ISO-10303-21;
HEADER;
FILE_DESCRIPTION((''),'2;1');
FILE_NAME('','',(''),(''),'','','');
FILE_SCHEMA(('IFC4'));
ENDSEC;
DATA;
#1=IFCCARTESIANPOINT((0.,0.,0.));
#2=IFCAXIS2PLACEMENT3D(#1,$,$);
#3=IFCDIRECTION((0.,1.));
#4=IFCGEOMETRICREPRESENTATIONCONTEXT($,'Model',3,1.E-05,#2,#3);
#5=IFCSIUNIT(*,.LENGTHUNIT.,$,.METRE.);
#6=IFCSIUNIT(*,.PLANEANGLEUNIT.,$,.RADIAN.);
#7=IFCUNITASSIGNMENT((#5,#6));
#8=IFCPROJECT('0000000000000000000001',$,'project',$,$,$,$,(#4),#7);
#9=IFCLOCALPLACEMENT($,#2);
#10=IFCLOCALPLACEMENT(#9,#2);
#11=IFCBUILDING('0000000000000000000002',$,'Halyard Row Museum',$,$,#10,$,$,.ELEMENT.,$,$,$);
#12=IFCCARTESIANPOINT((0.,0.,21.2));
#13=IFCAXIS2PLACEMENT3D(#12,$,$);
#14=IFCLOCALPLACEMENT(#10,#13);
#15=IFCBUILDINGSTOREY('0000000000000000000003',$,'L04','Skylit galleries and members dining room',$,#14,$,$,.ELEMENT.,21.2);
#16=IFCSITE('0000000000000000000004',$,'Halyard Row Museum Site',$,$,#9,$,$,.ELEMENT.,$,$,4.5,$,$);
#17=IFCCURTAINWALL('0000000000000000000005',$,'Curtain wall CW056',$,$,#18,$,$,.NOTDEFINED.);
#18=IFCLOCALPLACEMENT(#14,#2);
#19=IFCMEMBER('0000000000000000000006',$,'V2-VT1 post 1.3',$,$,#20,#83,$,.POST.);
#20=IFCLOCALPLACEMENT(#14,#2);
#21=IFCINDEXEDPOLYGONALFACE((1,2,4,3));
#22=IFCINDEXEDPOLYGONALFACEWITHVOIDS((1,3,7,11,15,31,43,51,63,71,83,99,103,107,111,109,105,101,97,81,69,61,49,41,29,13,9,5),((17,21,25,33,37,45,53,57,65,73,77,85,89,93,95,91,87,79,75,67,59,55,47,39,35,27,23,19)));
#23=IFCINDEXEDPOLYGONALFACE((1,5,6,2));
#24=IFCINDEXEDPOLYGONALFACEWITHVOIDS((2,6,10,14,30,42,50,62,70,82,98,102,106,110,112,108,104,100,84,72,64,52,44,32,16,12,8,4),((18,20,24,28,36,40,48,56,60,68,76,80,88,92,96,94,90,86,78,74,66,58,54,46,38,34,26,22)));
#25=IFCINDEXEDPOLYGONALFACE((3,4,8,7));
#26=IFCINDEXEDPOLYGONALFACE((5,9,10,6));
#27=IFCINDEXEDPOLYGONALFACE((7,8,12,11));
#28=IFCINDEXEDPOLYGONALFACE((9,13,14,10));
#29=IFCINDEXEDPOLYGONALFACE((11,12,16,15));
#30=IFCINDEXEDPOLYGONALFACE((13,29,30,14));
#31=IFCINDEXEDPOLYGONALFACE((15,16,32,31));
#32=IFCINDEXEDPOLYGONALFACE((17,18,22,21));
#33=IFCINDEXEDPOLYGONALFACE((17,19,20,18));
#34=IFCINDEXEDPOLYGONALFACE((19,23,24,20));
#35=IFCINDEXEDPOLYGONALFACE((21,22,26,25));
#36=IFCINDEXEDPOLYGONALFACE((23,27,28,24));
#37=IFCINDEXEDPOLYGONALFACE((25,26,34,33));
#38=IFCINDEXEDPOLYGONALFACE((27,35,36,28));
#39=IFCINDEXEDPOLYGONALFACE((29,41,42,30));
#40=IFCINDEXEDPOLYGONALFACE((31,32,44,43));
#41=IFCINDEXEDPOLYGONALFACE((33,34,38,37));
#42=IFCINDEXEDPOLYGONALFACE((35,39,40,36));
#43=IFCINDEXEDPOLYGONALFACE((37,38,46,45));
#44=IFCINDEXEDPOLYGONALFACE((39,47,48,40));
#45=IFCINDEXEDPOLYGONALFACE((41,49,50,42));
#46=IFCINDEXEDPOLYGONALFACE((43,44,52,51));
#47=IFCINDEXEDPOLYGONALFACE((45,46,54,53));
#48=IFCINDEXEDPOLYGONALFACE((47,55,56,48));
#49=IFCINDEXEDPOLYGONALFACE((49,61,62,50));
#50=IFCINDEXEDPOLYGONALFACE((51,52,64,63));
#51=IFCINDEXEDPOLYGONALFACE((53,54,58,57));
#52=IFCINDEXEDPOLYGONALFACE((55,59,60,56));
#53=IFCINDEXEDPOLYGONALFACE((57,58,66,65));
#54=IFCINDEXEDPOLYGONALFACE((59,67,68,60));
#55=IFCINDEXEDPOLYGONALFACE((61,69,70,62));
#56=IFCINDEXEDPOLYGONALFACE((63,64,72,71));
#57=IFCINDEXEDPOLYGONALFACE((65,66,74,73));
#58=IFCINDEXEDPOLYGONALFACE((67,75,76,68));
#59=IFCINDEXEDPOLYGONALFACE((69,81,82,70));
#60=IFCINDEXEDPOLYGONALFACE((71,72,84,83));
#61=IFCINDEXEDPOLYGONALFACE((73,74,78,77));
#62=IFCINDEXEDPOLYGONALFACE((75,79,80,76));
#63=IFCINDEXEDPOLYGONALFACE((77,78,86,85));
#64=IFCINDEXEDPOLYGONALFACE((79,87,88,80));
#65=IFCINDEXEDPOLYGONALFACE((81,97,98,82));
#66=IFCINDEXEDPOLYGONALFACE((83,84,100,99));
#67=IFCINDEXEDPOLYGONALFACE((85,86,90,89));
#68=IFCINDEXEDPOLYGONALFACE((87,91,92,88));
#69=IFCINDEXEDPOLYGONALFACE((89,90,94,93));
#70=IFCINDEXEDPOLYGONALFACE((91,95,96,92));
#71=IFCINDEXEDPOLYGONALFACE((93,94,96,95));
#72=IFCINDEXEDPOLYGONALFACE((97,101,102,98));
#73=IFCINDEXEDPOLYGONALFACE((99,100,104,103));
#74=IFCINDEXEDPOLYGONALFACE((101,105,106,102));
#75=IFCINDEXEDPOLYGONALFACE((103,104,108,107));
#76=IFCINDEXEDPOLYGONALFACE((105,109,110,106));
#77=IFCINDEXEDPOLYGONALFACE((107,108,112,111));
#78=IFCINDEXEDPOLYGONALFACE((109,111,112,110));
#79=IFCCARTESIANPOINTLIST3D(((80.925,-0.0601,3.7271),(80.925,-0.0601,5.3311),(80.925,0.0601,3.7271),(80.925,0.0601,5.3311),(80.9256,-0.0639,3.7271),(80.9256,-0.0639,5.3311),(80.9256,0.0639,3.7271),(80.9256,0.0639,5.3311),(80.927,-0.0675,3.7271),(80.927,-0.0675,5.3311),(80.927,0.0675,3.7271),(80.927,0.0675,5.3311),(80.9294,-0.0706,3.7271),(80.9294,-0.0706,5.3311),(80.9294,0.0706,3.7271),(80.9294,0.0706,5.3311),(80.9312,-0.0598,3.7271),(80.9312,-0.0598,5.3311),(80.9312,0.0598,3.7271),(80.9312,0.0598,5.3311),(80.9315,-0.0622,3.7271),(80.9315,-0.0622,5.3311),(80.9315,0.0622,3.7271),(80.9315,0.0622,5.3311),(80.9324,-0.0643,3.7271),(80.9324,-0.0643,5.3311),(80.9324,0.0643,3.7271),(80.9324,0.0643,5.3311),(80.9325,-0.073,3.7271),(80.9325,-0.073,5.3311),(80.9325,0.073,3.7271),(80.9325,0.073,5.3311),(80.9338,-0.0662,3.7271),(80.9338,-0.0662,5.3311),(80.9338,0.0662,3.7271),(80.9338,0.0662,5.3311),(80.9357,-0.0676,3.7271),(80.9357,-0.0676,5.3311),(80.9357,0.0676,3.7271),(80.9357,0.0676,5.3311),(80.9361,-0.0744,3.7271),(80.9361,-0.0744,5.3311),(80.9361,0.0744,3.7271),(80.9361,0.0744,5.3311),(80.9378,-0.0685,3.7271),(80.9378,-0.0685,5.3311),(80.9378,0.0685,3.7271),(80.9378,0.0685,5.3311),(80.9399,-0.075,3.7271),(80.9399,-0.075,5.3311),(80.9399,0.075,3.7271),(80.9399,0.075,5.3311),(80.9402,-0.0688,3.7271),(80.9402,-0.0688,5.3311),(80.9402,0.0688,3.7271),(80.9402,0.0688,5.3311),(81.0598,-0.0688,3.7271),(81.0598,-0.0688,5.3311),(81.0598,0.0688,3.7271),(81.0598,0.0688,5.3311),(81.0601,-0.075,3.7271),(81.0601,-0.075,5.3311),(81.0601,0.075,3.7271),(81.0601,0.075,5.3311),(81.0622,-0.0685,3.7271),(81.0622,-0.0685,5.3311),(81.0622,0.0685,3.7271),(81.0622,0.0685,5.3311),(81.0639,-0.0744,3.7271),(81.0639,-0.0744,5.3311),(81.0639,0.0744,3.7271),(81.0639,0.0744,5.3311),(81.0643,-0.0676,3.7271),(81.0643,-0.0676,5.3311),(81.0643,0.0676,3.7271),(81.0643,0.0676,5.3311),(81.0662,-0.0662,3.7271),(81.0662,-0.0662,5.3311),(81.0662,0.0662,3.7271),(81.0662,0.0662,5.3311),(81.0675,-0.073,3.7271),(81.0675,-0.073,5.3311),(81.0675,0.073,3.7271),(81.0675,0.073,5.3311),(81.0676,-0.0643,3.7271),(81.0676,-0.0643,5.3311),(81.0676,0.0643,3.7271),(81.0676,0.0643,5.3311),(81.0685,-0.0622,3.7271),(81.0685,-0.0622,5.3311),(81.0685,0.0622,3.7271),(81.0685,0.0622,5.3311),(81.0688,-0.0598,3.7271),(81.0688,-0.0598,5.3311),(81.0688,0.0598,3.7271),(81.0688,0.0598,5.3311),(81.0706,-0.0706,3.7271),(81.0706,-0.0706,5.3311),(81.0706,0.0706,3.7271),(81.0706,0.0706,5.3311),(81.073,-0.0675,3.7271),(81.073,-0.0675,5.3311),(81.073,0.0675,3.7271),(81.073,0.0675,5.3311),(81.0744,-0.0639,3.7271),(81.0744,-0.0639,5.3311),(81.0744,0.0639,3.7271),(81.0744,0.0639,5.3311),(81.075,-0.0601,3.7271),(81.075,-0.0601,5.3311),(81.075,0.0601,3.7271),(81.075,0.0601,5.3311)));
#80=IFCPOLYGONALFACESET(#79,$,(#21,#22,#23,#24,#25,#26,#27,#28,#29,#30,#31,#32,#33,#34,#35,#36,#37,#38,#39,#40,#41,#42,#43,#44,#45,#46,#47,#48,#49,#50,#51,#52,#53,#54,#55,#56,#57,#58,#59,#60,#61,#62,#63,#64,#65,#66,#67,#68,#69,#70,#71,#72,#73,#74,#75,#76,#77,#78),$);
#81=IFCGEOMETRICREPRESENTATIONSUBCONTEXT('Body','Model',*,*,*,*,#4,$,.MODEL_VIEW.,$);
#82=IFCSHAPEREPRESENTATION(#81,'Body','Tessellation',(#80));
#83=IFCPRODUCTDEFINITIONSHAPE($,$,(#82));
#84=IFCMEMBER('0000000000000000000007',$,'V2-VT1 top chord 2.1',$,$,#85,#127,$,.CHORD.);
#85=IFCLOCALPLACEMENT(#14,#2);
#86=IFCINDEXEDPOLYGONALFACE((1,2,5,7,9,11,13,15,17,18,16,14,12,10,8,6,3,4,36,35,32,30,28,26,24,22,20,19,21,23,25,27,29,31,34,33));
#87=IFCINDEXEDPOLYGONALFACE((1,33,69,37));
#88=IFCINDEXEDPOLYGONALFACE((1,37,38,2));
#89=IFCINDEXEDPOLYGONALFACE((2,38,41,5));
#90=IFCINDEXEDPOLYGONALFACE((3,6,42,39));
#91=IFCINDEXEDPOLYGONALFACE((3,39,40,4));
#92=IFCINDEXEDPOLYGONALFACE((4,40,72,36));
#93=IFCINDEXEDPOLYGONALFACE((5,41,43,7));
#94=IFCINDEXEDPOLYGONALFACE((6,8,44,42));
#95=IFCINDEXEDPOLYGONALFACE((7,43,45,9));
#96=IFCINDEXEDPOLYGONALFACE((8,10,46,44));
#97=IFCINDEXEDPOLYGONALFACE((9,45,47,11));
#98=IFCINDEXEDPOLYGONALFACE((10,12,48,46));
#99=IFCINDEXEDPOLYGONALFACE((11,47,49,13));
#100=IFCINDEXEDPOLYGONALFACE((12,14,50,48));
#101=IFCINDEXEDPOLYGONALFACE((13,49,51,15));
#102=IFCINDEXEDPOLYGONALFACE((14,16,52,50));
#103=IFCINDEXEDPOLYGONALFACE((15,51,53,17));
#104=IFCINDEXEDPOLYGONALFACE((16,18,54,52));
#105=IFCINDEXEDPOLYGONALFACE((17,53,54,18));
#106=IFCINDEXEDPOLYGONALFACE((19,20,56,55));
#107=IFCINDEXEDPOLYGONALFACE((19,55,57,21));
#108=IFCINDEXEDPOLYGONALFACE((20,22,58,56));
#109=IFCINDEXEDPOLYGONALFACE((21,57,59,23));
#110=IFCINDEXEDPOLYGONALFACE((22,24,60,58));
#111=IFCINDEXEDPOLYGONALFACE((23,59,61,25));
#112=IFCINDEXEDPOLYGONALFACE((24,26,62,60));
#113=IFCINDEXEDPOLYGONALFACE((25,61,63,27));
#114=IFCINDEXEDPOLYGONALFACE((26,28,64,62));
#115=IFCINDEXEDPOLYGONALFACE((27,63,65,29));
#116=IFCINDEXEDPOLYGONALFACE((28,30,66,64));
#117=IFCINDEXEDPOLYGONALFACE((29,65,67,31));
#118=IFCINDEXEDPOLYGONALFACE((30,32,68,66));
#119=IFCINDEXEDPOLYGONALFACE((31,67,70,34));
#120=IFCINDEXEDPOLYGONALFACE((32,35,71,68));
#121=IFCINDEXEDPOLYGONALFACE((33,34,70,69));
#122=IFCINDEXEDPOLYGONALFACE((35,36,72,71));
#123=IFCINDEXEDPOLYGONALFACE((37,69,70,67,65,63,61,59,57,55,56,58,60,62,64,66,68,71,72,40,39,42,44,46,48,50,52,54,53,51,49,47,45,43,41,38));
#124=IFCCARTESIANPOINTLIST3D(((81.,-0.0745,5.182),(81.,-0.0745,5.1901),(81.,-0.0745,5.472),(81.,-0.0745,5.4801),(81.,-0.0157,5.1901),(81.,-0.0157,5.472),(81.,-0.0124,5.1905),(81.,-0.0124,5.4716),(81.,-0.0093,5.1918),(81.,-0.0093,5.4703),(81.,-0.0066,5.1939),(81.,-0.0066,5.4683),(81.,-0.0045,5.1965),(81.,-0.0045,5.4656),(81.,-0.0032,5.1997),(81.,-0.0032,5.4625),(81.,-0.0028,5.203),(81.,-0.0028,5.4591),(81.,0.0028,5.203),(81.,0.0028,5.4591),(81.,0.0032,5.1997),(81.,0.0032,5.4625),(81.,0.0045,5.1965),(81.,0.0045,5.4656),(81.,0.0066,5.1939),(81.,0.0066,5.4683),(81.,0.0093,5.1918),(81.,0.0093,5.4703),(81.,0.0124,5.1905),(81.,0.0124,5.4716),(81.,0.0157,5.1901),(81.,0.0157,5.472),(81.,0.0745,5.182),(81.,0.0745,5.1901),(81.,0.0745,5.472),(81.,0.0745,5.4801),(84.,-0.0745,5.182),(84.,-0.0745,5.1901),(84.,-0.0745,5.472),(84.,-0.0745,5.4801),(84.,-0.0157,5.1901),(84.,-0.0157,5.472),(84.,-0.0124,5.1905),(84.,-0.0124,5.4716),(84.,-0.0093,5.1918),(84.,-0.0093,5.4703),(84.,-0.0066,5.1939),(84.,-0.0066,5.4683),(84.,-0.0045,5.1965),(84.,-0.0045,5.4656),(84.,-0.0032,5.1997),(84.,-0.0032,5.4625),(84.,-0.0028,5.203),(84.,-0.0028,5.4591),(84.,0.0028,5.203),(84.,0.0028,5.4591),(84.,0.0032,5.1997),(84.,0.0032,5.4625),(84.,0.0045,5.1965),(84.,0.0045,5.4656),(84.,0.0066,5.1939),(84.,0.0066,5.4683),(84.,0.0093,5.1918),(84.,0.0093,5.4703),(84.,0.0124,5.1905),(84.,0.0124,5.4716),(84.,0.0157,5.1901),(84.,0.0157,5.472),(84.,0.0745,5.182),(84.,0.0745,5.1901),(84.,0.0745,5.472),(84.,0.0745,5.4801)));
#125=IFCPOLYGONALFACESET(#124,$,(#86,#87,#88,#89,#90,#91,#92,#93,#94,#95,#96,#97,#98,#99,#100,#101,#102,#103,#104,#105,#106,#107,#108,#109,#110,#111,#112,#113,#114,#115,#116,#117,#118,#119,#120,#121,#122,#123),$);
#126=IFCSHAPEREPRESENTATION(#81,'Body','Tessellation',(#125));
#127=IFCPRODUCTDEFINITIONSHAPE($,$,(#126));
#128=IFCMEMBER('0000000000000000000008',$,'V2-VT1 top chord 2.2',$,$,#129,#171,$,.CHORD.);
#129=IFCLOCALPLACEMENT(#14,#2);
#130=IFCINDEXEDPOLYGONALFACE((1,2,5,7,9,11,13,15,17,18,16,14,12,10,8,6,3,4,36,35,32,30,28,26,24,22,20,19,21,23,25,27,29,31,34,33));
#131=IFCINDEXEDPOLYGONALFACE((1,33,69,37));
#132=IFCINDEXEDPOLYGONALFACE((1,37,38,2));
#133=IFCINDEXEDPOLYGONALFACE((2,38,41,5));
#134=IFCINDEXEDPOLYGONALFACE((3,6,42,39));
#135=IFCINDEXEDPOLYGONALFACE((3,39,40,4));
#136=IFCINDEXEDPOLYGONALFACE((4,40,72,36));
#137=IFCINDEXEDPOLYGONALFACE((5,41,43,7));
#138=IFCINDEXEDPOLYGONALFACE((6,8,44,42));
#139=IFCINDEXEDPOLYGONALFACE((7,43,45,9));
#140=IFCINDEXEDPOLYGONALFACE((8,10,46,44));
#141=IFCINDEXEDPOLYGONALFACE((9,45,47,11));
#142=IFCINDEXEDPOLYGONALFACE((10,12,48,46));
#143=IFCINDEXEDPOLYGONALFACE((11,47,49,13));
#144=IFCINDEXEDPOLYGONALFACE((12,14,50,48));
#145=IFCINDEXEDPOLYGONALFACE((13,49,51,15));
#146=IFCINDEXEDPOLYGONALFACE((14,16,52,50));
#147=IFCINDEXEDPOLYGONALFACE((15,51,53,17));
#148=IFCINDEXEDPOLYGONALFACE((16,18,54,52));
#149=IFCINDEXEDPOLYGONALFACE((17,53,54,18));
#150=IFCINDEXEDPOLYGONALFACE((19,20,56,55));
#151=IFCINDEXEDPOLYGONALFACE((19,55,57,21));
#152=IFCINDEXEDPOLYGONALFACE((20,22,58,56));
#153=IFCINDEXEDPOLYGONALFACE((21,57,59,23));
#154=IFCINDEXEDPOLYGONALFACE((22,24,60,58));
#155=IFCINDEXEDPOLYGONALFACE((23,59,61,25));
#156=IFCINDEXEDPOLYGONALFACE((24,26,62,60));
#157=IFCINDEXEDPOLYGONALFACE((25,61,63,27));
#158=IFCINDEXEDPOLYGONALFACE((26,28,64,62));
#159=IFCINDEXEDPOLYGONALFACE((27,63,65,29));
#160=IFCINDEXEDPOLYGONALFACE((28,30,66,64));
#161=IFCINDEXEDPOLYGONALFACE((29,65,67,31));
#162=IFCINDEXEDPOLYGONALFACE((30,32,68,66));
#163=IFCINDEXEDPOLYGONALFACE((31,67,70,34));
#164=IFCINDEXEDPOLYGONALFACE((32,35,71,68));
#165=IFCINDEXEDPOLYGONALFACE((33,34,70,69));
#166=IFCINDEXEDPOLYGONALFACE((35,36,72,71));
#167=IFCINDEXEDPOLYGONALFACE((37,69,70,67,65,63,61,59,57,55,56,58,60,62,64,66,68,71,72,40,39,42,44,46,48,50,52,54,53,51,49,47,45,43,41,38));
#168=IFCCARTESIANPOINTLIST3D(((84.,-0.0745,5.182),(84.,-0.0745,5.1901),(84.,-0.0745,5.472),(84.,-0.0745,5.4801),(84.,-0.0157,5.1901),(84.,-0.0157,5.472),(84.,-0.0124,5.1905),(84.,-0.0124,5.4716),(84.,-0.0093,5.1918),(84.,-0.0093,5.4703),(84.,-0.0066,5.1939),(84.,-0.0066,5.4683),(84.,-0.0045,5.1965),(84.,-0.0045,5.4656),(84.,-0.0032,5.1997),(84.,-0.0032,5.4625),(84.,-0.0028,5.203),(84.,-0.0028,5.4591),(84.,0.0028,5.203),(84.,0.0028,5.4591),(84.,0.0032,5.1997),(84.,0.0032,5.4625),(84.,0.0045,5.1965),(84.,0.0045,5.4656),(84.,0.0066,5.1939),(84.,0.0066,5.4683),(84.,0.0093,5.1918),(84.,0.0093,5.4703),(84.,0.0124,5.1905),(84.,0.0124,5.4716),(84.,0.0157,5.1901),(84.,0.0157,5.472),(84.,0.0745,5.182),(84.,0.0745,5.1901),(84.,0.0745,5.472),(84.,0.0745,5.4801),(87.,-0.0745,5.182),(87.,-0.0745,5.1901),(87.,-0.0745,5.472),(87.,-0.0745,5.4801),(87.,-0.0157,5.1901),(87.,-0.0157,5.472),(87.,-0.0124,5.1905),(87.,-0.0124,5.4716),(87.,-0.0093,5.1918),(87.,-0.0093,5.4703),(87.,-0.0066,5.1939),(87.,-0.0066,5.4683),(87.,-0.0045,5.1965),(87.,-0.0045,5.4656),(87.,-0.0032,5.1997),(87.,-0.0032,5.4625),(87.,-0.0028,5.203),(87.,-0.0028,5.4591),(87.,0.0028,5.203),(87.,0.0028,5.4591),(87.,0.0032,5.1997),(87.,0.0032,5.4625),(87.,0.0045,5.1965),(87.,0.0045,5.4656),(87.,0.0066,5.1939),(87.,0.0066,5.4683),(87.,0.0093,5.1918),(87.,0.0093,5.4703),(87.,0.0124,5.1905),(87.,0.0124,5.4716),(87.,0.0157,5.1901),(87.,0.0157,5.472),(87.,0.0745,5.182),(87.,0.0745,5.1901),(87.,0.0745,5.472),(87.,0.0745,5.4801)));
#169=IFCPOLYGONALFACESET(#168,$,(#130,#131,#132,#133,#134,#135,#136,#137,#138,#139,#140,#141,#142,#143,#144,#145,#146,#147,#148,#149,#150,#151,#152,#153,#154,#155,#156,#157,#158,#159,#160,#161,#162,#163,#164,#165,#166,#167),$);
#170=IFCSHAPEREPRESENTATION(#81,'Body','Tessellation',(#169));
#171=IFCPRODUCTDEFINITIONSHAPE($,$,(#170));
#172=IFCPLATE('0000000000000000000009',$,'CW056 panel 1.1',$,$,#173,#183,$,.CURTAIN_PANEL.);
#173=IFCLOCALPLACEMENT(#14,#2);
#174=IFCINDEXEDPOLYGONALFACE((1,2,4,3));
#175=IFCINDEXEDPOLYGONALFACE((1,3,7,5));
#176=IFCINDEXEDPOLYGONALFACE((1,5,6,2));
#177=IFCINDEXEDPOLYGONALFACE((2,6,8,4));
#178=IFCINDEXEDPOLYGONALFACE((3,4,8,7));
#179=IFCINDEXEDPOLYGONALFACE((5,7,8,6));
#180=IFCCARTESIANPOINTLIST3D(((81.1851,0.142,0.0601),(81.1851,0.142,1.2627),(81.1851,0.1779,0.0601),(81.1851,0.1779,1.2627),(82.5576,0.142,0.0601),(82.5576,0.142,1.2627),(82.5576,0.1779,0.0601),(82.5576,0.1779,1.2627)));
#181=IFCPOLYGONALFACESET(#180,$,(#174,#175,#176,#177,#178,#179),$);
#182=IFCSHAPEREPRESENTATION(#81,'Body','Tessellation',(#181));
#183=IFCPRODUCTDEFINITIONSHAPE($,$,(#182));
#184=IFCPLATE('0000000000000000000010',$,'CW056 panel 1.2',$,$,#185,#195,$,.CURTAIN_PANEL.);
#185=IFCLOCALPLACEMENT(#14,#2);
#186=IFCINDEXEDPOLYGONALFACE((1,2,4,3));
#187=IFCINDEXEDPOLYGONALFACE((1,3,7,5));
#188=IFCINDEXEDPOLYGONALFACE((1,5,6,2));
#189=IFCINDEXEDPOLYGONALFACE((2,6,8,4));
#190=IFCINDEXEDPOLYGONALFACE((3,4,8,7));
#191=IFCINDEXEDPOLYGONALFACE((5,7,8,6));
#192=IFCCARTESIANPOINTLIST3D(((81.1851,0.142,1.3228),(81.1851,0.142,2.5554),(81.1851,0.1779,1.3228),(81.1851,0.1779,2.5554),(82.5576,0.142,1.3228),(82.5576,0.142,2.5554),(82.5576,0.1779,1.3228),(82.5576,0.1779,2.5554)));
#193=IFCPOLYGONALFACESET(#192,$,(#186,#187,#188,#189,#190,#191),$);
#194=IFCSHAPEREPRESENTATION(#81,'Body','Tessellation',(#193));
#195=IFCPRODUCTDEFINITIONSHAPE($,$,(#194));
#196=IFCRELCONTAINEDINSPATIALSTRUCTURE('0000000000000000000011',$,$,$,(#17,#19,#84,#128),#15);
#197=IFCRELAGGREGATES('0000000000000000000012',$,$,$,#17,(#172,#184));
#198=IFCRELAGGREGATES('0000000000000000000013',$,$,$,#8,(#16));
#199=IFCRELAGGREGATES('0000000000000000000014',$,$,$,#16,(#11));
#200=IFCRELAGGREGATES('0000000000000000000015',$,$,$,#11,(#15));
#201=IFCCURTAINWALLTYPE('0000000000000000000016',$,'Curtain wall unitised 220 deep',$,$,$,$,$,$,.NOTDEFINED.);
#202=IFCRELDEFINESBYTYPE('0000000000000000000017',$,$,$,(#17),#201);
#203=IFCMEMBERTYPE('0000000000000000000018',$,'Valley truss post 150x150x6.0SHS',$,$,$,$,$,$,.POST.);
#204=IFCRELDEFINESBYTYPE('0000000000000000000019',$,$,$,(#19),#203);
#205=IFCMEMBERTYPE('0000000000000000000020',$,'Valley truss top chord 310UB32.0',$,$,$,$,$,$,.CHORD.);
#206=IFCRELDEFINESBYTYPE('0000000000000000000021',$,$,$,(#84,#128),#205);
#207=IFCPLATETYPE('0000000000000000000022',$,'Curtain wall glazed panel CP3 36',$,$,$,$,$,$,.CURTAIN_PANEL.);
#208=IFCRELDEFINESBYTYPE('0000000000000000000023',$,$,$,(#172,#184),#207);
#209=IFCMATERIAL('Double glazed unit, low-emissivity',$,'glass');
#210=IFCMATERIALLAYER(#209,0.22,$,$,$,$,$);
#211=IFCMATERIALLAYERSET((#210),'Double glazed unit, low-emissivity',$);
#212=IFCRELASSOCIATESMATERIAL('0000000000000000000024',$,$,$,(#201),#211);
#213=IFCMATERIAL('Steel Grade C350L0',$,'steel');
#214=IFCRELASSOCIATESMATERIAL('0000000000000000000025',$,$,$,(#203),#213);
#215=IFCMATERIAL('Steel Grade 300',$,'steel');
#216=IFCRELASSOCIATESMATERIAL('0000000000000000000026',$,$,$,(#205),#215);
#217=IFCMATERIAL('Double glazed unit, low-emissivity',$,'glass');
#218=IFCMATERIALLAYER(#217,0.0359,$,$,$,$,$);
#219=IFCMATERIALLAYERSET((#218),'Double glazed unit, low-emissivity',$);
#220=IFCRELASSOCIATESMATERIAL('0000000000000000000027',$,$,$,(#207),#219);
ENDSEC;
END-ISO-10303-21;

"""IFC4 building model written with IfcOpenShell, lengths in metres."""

from ifc_helpers import new_model, si_unit, direction, frame, origin, origin_2d, place, context, subcontext, project, spatial, rectangle, hollow_rectangle, i_section, extrude, material, layer, layer_set, material_profile, profile_set, type_object, element, aggregate, save


model = new_model("IFC4")

# Units and contexts
model_context = context("Model", 3, precision=1e-05, world=origin(), true_north=direction((0.0, 1.0)))
body_context = subcontext(model_context, "Body", "Model", "MODEL_VIEW")
ifc_project = project(units=[si_unit("LENGTHUNIT", "METRE"), si_unit("PLANEANGLEUNIT", "RADIAN")], contexts=[model_context])

# Site, building, storey
site_placement = place(None, origin())
site = spatial("IfcSite", under=ifc_project, at=site_placement, Name="Halyard Row Museum Site", CompositionType="ELEMENT", RefElevation=4.5)
building_placement = place(site_placement, origin())
building = spatial("IfcBuilding", under=site, at=building_placement, Name="Halyard Row Museum", CompositionType="ELEMENT")
storey_placement = place(building_placement, frame((0.0, 0.0, 21.2)))
storey = spatial("IfcBuildingStorey", under=building, at=storey_placement, Name="L04", Description="Skylit galleries and members dining room", CompositionType="ELEMENT", Elevation=21.2)

# Curtain wall
ifc_material_1 = material(Name="Double glazed unit, low-emissivity", Category="glass")
ifc_layer_1 = layer(ifc_material_1, 0.22)
ifc_layer_set_1 = layer_set([ifc_layer_1], Name="Double glazed unit, low-emissivity")
curtain_wall_type = type_object("IfcCurtainWallType", Name="Curtain wall unitised 220 deep", PredefinedType="NOTDEFINED", material=ifc_layer_set_1)
curtain_wall_placement = place(storey_placement, origin())
curtain_wall = element("IfcCurtainWall", 1, at=curtain_wall_placement, inside=storey, type_object=curtain_wall_type, Name="Curtain wall CW056", PredefinedType="NOTDEFINED")

# Members
ifc_material_2 = material(Name="Steel Grade C350L0", Category="steel")
ifc_material_profile_1 = material_profile(ifc_material_2, hollow_rectangle(XDim=0.1499, YDim=0.1499, WallThickness=0.0061, InnerFilletRadius=0.009, OuterFilletRadius=0.0149, at=origin_2d()), Name="150x150x6.0SHS")
ifc_profile_set_1 = profile_set([ifc_material_profile_1], Name="Steel Grade C350L0")
member_type_1 = type_object("IfcMemberType", Name="Valley truss post 150x150x6.0SHS", PredefinedType="POST", material=ifc_profile_set_1)
member_1_placement = place(storey_placement, frame((81.0, 0.0, 3.7271), z_axis=(0.0, 0.0, 1.0), x_axis=(1.0, 0.0, 0.0)))
element("IfcMember", 2, at=member_1_placement, inside=storey, type_object=member_type_1, Name="V2-VT1 post 1.3", PredefinedType="POST", context=body_context, shape_type="SweptSolid", body=[
    extrude(hollow_rectangle(XDim=0.1499, YDim=0.1499, WallThickness=0.0061, InnerFilletRadius=0.009, OuterFilletRadius=0.0149, at=origin_2d()), origin(), (0.0, 0.0, 1.0), 1.604),
])
ifc_material_3 = material(Name="Steel Grade 300", Category="steel")
ifc_material_profile_2 = material_profile(ifc_material_3, i_section(OverallWidth=0.1489, OverallDepth=0.2981, WebThickness=0.0056, FlangeThickness=0.0081, FilletRadius=0.0129, at=origin_2d()), Name="310UB32.0")
ifc_profile_set_2 = profile_set([ifc_material_profile_2], Name="Steel Grade 300")
member_type_2 = type_object("IfcMemberType", Name="Valley truss top chord 310UB32.0", PredefinedType="CHORD", material=ifc_profile_set_2)
for number, where, z_axis, x_axis, name in (
    (3, (81.0, 0.0, 5.3311), (1.0, 0.0, 0.0), (0.0, 1.0, 0.0), "V2-VT1 top chord 2.1"),
    (4, (84.0, 0.0, 5.3311), (1.0, 0.0, 0.0), (0.0, 1.0, 0.0), "V2-VT1 top chord 2.2"),
):
    element("IfcMember", number, at=place(storey_placement, frame(where, z_axis=z_axis, x_axis=x_axis)), inside=storey, type_object=member_type_2, Name=name, PredefinedType="CHORD", context=body_context, shape_type="SweptSolid", body=[
        extrude(i_section(OverallWidth=0.1489, OverallDepth=0.2981, WebThickness=0.0056, FlangeThickness=0.0081, FilletRadius=0.0129, at=origin_2d()), origin(), (0.0, 0.0, 1.0), 3.0),
    ])

# Plates
ifc_material_4 = material(Name="Double glazed unit, low-emissivity", Category="glass")
ifc_layer_2 = layer(ifc_material_4, 0.0359)
ifc_layer_set_2 = layer_set([ifc_layer_2], Name="Double glazed unit, low-emissivity")
plate_type = type_object("IfcPlateType", Name="Curtain wall glazed panel CP3 36", PredefinedType="CURTAIN_PANEL", material=ifc_layer_set_2)
plate_1_placement = place(storey_placement, frame((81.8713, 0.1599, 0.0601), z_axis=(0.0, 0.0, 1.0), x_axis=(1.0, 0.0, 0.0)))
plate_1 = element("IfcPlate", 5, at=plate_1_placement, type_object=plate_type, Name="CW056 panel 1.1", PredefinedType="CURTAIN_PANEL", context=body_context, shape_type="SweptSolid", body=[
    extrude(rectangle(XDim=1.3726, YDim=0.0359, at=origin_2d()), origin(), (0.0, 0.0, 1.0), 1.2026),
])
plate_2_placement = place(storey_placement, frame((81.8713, 0.1599, 1.3228), z_axis=(0.0, 0.0, 1.0), x_axis=(1.0, 0.0, 0.0)))
plate_2 = element("IfcPlate", 6, at=plate_2_placement, type_object=plate_type, Name="CW056 panel 1.2", PredefinedType="CURTAIN_PANEL", context=body_context, shape_type="SweptSolid", body=[
    extrude(rectangle(XDim=1.3726, YDim=0.0359, at=origin_2d()), origin(), (0.0, 0.0, 1.0), 1.2327),
])
aggregate(curtain_wall, [plate_1, plate_2])

save(model, "model.ifc")
